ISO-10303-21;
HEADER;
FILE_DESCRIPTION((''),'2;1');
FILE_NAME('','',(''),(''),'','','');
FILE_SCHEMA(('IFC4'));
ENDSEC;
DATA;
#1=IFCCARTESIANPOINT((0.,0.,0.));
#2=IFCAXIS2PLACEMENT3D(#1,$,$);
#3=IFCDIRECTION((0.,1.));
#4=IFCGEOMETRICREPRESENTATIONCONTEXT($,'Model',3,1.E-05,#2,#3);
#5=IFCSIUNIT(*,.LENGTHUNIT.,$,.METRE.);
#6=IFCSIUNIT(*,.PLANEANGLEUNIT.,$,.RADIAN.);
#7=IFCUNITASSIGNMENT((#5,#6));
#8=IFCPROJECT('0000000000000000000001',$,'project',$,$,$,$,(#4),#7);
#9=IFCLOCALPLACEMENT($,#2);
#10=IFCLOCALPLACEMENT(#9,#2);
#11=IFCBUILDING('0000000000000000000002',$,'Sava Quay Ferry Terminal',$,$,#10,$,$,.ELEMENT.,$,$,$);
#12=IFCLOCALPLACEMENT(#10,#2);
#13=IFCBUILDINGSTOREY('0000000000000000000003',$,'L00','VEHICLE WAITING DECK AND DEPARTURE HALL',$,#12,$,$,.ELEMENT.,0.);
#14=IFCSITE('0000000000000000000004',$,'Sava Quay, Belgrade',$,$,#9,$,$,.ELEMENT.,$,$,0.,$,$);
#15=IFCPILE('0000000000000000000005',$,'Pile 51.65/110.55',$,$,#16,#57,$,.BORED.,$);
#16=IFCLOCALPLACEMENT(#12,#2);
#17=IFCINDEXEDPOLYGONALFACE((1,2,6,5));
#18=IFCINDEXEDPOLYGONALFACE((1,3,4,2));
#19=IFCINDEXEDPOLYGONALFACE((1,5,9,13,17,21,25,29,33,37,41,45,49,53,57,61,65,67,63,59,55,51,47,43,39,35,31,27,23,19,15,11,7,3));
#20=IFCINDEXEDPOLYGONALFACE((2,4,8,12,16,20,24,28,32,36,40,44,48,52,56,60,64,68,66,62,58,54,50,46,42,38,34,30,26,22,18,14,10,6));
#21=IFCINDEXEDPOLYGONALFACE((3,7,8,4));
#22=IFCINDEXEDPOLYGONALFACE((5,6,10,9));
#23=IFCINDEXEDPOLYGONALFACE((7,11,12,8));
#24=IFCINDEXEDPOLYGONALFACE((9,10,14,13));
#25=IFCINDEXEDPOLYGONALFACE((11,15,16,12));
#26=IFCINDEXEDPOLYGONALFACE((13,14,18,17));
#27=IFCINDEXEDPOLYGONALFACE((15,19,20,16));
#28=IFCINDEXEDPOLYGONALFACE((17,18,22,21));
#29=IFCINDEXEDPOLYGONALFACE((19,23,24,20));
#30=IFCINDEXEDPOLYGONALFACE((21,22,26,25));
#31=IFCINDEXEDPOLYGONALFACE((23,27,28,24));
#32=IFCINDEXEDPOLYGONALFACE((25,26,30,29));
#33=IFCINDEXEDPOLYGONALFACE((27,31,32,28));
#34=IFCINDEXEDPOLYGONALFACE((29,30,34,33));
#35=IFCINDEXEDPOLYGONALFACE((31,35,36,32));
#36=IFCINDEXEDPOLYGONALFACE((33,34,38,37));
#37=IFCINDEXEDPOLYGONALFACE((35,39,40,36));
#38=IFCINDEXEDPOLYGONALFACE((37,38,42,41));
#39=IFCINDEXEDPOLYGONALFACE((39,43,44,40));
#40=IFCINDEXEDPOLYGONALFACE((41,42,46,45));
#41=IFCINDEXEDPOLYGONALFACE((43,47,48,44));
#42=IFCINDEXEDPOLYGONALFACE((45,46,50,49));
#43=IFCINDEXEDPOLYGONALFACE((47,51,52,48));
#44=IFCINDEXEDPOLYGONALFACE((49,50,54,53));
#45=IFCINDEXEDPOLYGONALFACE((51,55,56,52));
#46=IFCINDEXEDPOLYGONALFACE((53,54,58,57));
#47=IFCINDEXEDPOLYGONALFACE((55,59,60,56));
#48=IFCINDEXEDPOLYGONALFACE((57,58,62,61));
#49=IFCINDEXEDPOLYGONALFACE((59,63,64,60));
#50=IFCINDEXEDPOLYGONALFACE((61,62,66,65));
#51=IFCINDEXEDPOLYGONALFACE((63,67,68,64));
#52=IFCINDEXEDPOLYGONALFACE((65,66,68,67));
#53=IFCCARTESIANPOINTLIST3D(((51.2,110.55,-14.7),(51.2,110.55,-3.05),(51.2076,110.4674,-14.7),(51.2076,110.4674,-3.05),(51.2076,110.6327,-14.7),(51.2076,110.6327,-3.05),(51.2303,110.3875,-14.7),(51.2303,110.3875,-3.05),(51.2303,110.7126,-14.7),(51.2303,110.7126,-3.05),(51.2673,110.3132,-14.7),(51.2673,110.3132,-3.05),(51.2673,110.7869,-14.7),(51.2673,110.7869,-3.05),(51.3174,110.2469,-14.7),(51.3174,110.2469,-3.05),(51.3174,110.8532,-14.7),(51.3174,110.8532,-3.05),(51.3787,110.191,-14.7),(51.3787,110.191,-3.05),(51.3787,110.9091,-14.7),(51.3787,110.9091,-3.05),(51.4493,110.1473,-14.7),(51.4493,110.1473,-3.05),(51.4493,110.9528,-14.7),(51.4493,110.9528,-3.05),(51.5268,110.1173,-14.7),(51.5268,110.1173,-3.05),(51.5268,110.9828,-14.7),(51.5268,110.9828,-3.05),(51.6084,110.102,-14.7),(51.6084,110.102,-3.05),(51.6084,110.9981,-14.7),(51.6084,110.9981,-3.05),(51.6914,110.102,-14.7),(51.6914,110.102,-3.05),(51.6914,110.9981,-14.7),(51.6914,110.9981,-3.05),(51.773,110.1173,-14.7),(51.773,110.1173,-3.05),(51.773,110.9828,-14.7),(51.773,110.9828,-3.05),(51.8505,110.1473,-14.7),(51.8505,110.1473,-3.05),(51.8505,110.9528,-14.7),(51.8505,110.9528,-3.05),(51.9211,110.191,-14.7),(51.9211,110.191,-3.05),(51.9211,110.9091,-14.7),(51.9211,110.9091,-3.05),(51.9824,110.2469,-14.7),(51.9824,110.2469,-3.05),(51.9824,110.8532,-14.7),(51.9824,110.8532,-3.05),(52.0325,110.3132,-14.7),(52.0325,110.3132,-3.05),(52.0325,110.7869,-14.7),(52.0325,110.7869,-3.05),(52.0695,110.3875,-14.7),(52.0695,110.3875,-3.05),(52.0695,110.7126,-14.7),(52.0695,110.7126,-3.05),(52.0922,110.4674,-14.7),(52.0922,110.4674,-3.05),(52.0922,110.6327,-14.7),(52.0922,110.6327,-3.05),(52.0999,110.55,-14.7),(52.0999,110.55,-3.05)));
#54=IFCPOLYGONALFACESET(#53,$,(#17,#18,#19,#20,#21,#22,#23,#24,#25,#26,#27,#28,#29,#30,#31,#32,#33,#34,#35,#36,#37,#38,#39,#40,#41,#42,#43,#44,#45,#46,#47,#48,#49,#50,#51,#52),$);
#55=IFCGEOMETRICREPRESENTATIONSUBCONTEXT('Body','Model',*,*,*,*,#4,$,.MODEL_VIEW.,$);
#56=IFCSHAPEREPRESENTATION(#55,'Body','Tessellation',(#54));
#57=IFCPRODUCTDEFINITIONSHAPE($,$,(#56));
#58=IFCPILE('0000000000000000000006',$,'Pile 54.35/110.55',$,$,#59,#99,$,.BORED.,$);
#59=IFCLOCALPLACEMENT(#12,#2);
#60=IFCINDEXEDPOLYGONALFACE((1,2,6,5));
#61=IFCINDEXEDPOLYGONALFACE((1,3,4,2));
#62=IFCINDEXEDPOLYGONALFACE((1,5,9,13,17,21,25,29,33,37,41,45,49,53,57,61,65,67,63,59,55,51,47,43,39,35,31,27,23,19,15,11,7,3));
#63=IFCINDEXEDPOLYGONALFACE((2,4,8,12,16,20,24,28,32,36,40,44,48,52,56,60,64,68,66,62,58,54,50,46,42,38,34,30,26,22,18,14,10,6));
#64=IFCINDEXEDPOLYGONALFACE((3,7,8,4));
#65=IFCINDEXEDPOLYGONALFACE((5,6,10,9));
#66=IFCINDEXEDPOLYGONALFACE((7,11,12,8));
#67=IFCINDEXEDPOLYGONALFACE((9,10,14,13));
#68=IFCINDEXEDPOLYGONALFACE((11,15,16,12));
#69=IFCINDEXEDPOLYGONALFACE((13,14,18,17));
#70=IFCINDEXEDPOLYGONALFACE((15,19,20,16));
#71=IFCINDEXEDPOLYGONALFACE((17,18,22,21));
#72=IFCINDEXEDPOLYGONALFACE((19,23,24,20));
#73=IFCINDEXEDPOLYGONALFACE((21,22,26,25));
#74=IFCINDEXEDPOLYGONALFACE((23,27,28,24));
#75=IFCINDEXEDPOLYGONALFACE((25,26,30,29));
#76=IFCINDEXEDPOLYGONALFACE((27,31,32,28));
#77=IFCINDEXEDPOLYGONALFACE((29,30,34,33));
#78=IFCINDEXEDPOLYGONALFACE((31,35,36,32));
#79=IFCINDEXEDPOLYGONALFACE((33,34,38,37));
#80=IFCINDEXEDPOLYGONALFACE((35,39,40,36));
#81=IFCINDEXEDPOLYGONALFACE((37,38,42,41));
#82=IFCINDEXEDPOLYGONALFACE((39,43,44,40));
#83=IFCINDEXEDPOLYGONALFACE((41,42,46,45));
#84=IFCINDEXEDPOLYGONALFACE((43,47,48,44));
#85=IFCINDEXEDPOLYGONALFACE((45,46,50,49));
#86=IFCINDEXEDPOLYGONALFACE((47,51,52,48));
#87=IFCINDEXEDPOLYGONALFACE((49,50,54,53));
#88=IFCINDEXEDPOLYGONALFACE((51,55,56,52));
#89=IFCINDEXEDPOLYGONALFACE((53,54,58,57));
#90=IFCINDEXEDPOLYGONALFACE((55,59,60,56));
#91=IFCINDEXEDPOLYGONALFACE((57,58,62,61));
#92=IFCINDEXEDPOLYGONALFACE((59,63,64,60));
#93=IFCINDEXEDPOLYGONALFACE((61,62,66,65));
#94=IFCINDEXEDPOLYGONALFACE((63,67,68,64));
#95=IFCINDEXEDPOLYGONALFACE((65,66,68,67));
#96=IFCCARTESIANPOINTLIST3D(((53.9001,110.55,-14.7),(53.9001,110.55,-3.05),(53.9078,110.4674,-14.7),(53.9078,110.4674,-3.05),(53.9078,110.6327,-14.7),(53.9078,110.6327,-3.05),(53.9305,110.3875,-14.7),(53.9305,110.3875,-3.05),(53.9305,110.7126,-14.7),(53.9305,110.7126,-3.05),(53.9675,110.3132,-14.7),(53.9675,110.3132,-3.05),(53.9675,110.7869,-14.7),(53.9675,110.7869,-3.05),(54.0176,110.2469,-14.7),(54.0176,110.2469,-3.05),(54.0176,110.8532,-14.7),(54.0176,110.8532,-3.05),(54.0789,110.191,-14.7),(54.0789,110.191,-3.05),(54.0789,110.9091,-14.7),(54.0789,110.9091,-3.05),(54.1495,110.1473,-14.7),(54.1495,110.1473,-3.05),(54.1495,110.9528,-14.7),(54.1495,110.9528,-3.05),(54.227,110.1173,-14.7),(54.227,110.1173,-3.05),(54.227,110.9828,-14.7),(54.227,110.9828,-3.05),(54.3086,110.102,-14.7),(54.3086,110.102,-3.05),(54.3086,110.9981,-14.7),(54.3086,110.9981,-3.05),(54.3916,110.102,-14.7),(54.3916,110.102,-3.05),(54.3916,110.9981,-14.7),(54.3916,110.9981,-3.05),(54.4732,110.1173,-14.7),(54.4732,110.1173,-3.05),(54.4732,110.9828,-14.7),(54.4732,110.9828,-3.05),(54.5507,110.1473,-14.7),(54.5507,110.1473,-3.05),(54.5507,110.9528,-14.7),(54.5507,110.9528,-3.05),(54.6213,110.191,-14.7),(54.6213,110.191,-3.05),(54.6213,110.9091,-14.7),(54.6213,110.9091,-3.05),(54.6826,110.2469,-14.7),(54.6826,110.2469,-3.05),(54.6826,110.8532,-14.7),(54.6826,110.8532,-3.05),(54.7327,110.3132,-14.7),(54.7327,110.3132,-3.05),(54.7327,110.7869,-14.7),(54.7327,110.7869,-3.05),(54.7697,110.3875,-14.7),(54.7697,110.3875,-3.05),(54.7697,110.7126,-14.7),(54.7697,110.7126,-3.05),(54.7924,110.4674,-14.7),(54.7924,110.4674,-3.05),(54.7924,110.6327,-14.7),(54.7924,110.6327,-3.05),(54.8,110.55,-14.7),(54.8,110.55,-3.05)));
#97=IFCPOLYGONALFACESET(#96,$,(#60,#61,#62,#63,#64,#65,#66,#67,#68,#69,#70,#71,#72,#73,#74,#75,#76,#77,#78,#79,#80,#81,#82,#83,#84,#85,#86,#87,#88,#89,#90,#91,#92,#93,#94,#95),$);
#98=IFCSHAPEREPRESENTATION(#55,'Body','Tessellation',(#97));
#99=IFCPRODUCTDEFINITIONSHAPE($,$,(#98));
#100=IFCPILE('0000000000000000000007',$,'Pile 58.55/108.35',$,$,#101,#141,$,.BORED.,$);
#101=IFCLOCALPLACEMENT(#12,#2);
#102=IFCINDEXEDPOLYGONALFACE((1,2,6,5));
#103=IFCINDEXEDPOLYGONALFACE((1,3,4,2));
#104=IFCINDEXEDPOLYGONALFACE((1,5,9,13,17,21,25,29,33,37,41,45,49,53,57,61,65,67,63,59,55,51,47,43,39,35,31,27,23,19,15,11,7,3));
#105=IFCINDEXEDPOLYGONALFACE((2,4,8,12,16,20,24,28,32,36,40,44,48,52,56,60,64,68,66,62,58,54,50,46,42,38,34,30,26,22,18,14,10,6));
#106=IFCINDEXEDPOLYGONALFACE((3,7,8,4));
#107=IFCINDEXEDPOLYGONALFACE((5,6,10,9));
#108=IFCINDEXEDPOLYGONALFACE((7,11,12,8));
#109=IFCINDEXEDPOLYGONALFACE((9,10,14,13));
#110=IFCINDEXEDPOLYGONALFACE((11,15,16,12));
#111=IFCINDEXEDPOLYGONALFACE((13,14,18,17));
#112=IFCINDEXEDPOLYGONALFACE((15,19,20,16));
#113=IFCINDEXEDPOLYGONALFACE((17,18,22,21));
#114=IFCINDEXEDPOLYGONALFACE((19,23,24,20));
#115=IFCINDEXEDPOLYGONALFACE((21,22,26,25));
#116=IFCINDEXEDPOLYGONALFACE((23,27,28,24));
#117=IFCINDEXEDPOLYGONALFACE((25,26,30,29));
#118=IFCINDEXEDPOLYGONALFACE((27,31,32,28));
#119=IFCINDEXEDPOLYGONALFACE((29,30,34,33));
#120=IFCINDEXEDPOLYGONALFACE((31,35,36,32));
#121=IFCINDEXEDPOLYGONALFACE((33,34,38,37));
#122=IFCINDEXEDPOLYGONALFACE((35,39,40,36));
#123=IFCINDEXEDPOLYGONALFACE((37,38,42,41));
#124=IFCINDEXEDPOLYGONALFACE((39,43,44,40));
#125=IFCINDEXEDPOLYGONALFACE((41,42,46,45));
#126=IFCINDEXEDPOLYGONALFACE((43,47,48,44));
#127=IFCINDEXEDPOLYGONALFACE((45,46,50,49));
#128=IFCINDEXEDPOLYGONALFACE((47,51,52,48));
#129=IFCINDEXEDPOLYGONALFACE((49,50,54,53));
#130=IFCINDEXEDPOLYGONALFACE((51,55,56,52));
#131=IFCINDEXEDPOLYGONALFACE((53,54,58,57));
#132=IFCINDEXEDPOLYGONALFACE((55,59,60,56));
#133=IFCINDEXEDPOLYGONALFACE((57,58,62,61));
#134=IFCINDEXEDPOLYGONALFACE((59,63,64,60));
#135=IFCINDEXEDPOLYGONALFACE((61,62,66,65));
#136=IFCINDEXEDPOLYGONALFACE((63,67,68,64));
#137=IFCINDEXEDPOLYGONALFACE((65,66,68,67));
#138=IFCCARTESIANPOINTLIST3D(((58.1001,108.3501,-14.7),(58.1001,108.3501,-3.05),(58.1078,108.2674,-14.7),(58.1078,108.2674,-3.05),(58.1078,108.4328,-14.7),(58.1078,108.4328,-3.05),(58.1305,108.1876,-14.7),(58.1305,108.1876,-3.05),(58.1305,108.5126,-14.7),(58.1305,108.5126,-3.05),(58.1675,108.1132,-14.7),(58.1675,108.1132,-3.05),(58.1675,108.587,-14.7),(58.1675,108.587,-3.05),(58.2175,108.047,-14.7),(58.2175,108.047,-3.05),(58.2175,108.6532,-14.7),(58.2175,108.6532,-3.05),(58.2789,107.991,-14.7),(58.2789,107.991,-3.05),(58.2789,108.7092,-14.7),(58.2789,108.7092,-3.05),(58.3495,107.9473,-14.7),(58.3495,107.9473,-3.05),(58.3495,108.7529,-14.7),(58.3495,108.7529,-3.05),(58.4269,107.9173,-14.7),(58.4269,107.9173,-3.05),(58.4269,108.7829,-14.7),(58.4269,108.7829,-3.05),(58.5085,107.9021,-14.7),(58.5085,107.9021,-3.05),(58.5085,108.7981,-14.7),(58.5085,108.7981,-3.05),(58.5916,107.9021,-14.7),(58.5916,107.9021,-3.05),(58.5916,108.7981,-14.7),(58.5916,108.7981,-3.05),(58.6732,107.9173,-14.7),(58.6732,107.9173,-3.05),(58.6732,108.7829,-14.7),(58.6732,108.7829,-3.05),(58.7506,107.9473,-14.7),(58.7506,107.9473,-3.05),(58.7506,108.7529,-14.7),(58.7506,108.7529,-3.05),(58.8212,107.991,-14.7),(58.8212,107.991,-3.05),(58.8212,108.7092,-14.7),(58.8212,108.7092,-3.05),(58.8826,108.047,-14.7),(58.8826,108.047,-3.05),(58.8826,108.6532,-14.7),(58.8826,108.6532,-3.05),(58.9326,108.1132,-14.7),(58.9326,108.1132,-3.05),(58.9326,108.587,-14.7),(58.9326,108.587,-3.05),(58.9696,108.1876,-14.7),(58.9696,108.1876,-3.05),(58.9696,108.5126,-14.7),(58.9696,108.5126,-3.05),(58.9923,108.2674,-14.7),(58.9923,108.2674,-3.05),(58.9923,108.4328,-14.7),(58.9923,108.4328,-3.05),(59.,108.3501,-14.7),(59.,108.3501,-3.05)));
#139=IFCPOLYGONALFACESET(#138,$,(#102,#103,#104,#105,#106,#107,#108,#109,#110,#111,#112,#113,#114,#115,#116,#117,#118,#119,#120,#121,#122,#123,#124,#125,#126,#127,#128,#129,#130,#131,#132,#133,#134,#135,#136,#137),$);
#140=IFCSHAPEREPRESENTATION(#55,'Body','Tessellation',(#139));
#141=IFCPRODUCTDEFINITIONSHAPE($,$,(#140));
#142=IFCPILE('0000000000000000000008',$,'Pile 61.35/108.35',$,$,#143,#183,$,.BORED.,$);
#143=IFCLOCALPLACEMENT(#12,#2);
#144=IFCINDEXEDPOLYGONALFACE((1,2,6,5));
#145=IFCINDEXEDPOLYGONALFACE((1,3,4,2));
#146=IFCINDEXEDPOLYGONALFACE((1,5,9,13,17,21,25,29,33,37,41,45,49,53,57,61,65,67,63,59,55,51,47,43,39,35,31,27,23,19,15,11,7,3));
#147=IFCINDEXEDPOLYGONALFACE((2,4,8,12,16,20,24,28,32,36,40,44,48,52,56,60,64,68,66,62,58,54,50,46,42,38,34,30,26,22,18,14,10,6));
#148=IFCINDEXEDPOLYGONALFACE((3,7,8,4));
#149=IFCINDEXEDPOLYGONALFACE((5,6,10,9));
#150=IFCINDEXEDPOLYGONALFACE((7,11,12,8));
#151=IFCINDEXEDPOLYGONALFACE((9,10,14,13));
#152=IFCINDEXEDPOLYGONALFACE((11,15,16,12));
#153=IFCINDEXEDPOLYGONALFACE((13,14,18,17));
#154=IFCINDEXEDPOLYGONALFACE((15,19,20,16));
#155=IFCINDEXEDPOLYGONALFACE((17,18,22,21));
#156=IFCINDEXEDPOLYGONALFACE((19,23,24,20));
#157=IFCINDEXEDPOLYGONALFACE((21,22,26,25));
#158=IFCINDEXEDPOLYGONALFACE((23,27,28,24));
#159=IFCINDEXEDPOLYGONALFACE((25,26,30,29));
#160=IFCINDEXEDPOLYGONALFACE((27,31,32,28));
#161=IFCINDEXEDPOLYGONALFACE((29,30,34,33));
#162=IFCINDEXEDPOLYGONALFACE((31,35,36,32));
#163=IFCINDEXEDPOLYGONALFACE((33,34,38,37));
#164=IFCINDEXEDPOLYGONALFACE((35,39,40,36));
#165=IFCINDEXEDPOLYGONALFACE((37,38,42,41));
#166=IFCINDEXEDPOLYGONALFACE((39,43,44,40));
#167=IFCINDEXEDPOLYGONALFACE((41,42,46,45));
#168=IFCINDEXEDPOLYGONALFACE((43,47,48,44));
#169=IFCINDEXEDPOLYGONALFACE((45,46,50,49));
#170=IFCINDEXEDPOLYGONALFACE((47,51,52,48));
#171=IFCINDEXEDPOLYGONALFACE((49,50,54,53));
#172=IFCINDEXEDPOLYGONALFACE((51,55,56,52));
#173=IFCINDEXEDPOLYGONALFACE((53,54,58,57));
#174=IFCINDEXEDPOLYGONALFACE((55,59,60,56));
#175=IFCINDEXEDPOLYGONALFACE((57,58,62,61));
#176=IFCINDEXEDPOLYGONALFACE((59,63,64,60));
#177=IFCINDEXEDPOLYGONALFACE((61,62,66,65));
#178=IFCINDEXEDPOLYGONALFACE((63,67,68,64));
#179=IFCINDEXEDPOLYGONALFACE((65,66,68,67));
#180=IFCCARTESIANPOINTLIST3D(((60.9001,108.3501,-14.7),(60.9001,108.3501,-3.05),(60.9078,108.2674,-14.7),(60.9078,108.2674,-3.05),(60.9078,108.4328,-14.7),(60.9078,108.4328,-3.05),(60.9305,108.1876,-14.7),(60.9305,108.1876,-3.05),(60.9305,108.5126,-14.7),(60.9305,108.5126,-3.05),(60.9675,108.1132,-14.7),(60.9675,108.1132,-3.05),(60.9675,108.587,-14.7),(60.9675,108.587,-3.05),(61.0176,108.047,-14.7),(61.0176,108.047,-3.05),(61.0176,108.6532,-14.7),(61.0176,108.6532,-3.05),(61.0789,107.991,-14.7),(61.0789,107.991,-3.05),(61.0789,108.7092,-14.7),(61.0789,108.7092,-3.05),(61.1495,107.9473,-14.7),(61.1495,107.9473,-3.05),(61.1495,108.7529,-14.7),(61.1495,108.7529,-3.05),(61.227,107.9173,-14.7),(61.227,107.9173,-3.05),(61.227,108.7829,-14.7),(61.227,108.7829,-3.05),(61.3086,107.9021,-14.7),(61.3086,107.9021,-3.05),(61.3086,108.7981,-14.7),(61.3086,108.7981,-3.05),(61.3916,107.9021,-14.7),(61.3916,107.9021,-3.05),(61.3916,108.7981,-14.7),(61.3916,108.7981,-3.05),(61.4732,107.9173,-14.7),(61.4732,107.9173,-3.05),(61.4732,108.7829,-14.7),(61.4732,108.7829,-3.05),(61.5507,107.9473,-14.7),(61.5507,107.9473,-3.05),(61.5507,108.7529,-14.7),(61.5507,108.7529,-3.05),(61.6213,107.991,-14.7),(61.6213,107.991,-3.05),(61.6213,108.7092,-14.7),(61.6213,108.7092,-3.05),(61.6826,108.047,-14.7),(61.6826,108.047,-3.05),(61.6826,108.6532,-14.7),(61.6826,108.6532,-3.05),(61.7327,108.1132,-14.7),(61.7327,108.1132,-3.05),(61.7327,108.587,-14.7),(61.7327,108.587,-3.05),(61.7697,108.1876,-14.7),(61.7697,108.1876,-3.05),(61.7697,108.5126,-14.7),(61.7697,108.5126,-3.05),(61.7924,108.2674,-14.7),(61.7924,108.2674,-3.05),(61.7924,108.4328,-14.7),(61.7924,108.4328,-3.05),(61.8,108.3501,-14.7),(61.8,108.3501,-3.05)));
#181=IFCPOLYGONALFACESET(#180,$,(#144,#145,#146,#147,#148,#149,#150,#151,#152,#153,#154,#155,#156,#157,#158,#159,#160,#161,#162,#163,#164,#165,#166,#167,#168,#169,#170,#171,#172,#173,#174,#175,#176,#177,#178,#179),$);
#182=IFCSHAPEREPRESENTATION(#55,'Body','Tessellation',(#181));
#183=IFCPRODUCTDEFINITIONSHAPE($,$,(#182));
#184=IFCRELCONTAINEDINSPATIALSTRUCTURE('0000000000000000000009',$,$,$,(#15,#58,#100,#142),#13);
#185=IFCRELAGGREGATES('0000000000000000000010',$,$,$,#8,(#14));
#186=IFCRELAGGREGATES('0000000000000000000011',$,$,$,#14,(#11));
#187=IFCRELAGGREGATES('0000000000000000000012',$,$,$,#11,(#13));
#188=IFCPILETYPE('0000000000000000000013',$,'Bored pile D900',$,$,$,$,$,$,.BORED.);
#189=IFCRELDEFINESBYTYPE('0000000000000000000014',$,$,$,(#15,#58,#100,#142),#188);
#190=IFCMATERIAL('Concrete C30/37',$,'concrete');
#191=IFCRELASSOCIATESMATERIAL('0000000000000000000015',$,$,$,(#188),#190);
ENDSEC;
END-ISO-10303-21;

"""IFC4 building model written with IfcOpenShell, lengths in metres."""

from ifc_helpers import new_model, si_unit, direction, frame, origin, origin_2d, place, context, subcontext, project, spatial, circle, extrude, material, material_profile, profile_set, type_object, element, save


model = new_model("IFC4")

# Units and contexts
model_context = context("Model", 3, precision=1e-05, world=origin(), true_north=direction((0.0, 1.0)))
body_context = subcontext(model_context, "Body", "Model", "MODEL_VIEW")
ifc_project = project(units=[si_unit("LENGTHUNIT", "METRE"), si_unit("PLANEANGLEUNIT", "RADIAN")], contexts=[model_context])

# Site, building, storey
site_placement = place(None, origin())
site = spatial("IfcSite", under=ifc_project, at=site_placement, Name="Sava Quay, Belgrade", CompositionType="ELEMENT", RefElevation=0.0)
building_placement = place(site_placement, origin())
building = spatial("IfcBuilding", under=site, at=building_placement, Name="Sava Quay Ferry Terminal", CompositionType="ELEMENT")
storey_placement = place(building_placement, origin())
storey = spatial("IfcBuildingStorey", under=building, at=storey_placement, Name="L00", Description="VEHICLE WAITING DECK AND DEPARTURE HALL", CompositionType="ELEMENT", Elevation=0.0)

# Piles
ifc_material_1 = material(Name="Concrete C30/37", Category="concrete")
ifc_material_profile_1 = material_profile(ifc_material_1, circle(Radius=0.45, at=origin_2d()), Name="Bored pile D900")
ifc_profile_set_1 = profile_set([ifc_material_profile_1], Name="Concrete C30/37")
pile_type_1 = type_object("IfcPileType", Name="Bored pile D900", PredefinedType="BORED", material=ifc_profile_set_1)
for number, where, z_axis, x_axis, name in (
    (1, (51.6499, 110.55, -3.05), (0.0, 0.0, -1.0), (1.0, 0.0, 0.0), "Pile 51.65/110.55"),
    (2, (54.3501, 110.55, -3.05), (0.0, 0.0, -1.0), (1.0, 0.0, 0.0), "Pile 54.35/110.55"),
    (3, (58.55, 108.3501, -3.05), (0.0, 0.0, -1.0), (1.0, 0.0, 0.0), "Pile 58.55/108.35"),
    (4, (61.3501, 108.3501, -3.05), (0.0, 0.0, -1.0), (1.0, 0.0, 0.0), "Pile 61.35/108.35"),
):
    element("IfcPile", number, at=place(storey_placement, frame(where, z_axis=z_axis, x_axis=x_axis)), inside=storey, type_object=pile_type_1, Name=name, PredefinedType="BORED", context=body_context, shape_type="SweptSolid", body=[
        extrude(circle(Radius=0.45, at=origin_2d()), origin(), (0.0, 0.0, 1.0), 11.6499),
    ])

save(model, "model.ifc")
